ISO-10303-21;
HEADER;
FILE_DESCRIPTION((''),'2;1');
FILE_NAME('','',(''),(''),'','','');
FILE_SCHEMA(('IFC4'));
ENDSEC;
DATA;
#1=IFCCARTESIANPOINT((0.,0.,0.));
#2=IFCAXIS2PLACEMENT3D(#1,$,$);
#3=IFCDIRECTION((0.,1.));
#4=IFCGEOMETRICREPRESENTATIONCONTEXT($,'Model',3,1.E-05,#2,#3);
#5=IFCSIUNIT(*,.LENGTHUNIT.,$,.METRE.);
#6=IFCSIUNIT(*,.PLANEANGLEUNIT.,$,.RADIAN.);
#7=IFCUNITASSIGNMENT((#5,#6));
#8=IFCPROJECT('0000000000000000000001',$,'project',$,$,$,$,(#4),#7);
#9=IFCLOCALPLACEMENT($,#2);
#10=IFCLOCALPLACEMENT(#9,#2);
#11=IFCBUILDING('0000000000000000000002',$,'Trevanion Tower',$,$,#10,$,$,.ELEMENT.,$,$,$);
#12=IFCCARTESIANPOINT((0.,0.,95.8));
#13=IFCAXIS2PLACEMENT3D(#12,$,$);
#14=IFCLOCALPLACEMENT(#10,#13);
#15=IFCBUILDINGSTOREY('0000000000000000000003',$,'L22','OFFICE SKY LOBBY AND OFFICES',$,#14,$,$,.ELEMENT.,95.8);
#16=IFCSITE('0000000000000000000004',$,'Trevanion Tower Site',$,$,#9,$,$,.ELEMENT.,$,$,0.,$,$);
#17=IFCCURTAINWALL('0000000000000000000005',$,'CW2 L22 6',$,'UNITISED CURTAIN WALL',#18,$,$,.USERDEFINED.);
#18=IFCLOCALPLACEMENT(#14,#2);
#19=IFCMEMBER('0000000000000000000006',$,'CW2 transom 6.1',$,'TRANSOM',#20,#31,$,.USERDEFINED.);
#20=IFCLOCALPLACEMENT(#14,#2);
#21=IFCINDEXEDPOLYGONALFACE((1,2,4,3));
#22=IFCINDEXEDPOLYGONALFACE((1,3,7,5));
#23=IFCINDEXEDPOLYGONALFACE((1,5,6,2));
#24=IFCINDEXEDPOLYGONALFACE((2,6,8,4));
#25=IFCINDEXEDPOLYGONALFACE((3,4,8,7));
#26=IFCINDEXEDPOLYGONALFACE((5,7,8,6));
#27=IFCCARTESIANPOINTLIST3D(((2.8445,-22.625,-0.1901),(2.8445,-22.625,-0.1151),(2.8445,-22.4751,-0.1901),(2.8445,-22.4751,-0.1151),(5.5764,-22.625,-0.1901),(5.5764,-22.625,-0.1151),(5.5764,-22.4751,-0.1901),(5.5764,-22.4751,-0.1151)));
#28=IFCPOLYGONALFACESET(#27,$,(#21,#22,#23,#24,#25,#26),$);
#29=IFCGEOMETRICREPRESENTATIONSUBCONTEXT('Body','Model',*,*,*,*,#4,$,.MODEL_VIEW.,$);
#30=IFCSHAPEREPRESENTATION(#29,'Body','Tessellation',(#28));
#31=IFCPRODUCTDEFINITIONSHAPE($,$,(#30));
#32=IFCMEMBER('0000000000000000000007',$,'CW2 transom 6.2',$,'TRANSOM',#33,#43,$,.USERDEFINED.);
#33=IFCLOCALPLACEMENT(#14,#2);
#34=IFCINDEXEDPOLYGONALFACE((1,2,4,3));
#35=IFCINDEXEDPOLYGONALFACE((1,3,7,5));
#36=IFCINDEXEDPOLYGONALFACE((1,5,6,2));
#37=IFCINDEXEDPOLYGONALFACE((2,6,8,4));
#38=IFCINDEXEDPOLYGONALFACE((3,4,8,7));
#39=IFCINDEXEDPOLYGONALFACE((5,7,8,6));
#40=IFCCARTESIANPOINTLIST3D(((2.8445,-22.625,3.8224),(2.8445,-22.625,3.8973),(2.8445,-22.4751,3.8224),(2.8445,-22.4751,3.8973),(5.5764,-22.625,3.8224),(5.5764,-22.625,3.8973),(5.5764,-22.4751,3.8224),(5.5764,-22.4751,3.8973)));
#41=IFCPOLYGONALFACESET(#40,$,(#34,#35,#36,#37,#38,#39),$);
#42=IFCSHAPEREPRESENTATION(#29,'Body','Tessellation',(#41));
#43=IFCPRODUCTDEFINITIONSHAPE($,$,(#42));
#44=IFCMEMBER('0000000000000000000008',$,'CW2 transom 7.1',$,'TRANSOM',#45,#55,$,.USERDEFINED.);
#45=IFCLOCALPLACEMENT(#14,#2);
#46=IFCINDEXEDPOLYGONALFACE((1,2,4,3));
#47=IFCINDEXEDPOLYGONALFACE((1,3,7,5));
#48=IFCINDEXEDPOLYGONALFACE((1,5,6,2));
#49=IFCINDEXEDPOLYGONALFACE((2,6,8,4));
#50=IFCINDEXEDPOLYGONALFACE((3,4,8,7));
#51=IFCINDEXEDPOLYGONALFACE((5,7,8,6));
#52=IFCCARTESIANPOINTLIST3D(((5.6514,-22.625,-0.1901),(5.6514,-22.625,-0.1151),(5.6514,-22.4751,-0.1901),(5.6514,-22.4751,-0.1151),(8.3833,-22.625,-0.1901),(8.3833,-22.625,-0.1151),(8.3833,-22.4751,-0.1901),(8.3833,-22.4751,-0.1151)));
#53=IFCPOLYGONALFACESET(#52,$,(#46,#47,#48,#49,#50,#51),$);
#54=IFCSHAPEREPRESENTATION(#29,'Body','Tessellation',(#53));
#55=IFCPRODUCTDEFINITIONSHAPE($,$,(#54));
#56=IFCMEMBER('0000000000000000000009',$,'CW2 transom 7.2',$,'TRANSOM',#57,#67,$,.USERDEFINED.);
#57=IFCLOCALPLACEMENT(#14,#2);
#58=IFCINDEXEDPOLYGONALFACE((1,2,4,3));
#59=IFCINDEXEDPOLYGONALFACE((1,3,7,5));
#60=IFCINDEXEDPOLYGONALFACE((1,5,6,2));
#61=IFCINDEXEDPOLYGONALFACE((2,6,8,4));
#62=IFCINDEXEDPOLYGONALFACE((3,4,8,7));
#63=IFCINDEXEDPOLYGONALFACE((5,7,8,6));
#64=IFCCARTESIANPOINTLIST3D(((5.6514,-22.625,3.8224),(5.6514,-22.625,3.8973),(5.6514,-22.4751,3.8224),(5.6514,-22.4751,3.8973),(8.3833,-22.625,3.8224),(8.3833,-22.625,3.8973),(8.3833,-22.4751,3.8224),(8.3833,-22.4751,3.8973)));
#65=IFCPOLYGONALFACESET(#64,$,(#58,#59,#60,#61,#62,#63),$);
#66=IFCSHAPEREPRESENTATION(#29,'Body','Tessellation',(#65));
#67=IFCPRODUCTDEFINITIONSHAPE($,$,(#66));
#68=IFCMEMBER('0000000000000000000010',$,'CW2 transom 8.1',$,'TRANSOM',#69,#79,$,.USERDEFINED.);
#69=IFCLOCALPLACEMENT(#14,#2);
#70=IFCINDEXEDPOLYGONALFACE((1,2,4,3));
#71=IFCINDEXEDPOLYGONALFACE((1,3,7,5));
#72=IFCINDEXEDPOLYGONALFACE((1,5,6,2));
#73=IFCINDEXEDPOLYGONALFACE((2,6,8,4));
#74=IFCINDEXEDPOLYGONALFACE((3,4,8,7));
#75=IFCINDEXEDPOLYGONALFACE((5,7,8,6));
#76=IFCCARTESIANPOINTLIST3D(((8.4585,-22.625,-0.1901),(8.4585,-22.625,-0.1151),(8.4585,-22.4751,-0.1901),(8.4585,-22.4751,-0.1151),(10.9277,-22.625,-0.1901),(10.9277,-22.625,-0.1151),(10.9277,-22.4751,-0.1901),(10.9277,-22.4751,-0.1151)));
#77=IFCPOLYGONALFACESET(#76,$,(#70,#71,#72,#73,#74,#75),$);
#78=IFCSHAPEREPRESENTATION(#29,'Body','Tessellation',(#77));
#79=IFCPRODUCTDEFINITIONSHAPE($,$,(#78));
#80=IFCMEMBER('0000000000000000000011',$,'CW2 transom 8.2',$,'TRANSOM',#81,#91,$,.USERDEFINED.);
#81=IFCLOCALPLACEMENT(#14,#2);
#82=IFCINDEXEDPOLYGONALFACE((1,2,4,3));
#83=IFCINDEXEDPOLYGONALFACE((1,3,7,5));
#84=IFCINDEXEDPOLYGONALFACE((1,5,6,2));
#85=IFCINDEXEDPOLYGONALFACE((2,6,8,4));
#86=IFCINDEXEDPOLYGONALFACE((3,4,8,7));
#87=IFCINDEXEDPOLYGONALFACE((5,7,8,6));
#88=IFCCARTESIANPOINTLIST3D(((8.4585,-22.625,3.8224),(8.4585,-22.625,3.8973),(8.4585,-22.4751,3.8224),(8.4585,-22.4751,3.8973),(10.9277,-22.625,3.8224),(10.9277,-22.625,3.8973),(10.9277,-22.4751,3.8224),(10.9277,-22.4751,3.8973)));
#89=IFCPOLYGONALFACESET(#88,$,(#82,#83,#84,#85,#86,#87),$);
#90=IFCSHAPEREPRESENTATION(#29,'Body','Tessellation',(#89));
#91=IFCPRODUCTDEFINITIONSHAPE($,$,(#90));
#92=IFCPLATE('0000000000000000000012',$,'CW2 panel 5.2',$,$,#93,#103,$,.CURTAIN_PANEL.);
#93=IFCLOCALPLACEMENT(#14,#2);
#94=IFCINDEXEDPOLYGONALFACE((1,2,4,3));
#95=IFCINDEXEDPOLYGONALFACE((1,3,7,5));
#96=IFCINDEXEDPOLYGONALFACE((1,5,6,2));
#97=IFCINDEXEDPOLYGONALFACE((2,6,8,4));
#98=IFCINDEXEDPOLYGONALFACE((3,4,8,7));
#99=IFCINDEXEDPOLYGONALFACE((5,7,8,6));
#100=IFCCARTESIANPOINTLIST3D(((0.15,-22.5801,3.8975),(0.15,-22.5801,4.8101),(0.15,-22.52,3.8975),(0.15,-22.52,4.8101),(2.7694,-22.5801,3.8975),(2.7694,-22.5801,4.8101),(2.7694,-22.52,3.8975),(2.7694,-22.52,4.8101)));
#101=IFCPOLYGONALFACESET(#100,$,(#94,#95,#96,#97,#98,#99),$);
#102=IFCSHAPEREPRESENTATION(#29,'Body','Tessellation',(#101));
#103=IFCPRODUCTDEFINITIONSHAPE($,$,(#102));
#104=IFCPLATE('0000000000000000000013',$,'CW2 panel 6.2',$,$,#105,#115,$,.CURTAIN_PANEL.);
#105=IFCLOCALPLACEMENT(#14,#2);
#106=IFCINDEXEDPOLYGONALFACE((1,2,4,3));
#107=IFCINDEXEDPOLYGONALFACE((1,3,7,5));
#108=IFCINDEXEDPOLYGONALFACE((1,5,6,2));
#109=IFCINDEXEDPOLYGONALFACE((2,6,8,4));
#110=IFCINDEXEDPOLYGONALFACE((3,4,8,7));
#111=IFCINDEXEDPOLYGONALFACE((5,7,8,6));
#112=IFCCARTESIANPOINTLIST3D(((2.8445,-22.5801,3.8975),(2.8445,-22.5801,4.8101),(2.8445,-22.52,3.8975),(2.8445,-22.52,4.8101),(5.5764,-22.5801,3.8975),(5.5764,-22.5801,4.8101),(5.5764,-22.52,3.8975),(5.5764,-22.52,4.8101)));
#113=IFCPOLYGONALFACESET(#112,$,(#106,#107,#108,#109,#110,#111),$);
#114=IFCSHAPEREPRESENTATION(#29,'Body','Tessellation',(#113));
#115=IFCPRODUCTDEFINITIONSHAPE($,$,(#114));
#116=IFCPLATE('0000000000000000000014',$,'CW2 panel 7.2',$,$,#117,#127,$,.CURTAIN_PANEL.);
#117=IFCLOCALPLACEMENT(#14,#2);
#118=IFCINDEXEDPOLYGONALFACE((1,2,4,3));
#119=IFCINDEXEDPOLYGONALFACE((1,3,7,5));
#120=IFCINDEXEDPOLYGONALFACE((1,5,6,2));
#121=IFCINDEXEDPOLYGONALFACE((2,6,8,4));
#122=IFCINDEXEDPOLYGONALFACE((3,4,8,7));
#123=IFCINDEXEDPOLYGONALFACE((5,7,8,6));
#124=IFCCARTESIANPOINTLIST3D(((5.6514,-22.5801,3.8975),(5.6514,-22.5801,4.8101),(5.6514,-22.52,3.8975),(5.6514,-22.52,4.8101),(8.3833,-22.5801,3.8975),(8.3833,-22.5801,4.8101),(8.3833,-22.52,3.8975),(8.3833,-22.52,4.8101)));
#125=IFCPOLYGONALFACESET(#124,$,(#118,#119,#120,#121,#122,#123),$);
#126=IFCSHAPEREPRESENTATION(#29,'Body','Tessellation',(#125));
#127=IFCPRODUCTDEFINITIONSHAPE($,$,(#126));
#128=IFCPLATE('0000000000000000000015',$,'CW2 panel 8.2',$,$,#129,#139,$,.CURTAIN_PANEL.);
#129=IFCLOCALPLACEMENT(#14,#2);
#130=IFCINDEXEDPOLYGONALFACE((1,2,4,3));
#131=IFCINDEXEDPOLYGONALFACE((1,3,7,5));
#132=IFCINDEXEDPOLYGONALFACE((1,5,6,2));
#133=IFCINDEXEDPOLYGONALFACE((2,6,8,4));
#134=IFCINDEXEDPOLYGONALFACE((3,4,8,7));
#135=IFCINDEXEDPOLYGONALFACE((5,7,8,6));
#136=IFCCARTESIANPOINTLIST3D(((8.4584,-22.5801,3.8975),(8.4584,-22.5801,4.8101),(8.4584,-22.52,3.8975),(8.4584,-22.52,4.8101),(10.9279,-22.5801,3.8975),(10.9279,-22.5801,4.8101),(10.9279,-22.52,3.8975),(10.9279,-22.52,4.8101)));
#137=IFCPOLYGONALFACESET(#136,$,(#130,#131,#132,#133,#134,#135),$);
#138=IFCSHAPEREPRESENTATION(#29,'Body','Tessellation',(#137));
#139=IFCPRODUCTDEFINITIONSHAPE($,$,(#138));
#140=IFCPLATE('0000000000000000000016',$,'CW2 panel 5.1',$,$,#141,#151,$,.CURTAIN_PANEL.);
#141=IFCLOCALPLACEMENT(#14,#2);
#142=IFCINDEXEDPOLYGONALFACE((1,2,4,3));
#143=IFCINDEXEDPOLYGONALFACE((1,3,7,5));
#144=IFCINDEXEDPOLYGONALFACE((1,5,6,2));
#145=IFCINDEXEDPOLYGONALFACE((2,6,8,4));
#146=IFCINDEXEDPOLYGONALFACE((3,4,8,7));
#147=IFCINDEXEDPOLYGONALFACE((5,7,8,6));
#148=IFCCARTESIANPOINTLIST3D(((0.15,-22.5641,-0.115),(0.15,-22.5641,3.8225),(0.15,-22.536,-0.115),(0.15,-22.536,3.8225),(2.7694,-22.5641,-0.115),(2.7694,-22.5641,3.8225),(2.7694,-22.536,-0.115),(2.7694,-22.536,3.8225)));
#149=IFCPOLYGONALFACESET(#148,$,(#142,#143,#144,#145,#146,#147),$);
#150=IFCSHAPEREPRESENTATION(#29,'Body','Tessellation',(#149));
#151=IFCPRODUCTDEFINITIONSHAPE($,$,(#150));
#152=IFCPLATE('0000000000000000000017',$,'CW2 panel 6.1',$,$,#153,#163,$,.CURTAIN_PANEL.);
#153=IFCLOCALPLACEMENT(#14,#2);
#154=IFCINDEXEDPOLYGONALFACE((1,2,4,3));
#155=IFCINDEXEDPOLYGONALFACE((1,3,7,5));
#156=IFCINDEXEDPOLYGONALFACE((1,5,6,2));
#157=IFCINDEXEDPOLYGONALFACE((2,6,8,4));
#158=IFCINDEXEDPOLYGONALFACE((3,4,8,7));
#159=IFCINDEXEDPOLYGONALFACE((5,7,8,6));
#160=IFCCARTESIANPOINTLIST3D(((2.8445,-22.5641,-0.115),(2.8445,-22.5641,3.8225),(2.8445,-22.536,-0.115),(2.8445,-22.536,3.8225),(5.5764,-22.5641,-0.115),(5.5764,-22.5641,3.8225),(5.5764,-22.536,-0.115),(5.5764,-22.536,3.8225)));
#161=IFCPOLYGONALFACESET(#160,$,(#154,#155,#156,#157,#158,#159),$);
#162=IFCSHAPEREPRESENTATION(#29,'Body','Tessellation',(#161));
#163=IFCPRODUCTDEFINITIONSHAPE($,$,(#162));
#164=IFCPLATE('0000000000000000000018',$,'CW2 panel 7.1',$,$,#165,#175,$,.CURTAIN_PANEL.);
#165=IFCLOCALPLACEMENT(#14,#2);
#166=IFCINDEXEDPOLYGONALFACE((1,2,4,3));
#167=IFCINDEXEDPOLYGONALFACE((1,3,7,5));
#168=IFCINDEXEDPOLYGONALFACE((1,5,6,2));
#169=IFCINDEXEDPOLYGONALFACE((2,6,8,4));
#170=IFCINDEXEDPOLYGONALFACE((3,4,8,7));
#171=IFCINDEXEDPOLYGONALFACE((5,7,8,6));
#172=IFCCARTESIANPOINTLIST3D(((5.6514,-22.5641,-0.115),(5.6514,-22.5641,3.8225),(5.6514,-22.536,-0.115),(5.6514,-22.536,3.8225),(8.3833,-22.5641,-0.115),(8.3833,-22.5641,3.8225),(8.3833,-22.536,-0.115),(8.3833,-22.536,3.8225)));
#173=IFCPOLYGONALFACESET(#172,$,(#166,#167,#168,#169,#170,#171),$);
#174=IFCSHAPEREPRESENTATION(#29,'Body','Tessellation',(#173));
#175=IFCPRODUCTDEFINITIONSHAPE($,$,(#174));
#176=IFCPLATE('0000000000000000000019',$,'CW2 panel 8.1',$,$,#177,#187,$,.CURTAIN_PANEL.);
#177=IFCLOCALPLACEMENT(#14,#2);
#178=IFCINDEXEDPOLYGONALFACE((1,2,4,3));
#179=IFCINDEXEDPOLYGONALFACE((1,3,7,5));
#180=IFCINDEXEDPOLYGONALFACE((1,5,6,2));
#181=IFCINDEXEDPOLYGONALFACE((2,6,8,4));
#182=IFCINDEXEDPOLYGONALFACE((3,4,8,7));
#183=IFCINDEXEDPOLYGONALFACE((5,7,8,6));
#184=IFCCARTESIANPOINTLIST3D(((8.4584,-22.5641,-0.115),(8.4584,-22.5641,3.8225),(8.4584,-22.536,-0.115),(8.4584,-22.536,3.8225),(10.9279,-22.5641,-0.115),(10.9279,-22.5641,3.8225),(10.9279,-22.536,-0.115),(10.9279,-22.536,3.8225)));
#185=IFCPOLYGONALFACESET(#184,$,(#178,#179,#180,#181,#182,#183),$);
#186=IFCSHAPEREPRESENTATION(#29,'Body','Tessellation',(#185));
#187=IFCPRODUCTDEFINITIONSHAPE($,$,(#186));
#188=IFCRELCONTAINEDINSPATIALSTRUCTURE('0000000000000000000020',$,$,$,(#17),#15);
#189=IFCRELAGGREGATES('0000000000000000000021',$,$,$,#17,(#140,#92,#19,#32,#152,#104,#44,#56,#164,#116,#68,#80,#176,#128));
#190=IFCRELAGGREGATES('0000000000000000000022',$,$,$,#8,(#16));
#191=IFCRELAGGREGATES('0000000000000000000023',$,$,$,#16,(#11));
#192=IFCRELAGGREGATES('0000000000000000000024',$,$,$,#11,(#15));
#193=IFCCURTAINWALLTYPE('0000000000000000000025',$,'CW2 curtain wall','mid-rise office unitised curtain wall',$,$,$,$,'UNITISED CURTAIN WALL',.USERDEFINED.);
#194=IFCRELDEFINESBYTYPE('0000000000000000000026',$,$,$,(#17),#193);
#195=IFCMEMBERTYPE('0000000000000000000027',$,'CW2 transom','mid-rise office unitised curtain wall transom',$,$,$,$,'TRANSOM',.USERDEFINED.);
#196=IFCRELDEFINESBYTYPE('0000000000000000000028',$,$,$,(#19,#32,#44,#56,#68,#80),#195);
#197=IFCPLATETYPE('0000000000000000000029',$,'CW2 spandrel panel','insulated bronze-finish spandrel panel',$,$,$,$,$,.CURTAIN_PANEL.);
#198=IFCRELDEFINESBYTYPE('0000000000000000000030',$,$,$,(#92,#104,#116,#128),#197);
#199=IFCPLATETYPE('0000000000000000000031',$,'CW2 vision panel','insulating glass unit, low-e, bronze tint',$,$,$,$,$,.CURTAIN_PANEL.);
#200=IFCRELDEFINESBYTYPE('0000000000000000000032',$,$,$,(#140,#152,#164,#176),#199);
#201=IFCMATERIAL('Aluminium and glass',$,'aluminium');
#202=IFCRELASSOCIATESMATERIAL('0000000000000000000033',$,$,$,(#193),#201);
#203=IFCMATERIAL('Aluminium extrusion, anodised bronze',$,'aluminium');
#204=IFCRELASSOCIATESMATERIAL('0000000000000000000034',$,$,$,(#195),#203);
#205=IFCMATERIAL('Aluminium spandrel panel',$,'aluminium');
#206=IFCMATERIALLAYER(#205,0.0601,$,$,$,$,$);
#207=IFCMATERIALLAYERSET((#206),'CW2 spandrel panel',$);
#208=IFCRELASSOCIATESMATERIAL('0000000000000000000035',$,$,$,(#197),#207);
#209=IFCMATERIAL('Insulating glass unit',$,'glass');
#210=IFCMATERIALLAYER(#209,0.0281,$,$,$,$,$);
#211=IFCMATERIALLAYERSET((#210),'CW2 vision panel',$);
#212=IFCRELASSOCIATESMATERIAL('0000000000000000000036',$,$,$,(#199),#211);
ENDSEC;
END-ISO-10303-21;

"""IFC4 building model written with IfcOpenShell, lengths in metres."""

from ifc_helpers import new_model, si_unit, direction, frame, origin, origin_2d, place, context, subcontext, project, spatial, rectangle, extrude, material, layer, layer_set, material_profile, profile_set, type_object, element, aggregate, save


model = new_model("IFC4")

# Units and contexts
model_context = context("Model", 3, precision=1e-05, world=origin(), true_north=direction((0.0, 1.0)))
body_context = subcontext(model_context, "Body", "Model", "MODEL_VIEW")
ifc_project = project(units=[si_unit("LENGTHUNIT", "METRE"), si_unit("PLANEANGLEUNIT", "RADIAN")], contexts=[model_context])

# Site, building, storey
site_placement = place(None, origin())
site = spatial("IfcSite", under=ifc_project, at=site_placement, Name="Trevanion Tower Site", CompositionType="ELEMENT", RefElevation=0.0)
building_placement = place(site_placement, origin())
building = spatial("IfcBuilding", under=site, at=building_placement, Name="Trevanion Tower", CompositionType="ELEMENT")
storey_placement = place(building_placement, frame((0.0, 0.0, 95.8)))
storey = spatial("IfcBuildingStorey", under=building, at=storey_placement, Name="L22", Description="OFFICE SKY LOBBY AND OFFICES", CompositionType="ELEMENT", Elevation=95.8)

# Curtain wall, members, plates
ifc_material_1 = material(Name="Aluminium and glass", Category="aluminium")
curtain_wall_type = type_object("IfcCurtainWallType", Name="CW2 curtain wall", Description="mid-rise office unitised curtain wall", ElementType="UNITISED CURTAIN WALL", PredefinedType="USERDEFINED", material=ifc_material_1)
curtain_wall_placement = place(storey_placement, origin())
curtain_wall = element("IfcCurtainWall", 1, at=curtain_wall_placement, inside=storey, type_object=curtain_wall_type, Name="CW2 L22 6", ObjectType="UNITISED CURTAIN WALL", PredefinedType="USERDEFINED")
ifc_material_2 = material(Name="Aluminium extrusion, anodised bronze", Category="aluminium")
ifc_material_profile_1 = material_profile(ifc_material_2, rectangle(XDim=0.1499, YDim=0.075, at=origin_2d()), Name="CW2 transom")
ifc_profile_set_1 = profile_set([ifc_material_profile_1], Name="Aluminium extrusion, anodised bronze")
member_type_1 = type_object("IfcMemberType", Name="CW2 transom", Description="mid-rise office unitised curtain wall transom", ElementType="TRANSOM", PredefinedType="USERDEFINED", material=ifc_profile_set_1)
member_1_placement = place(storey_placement, frame((2.8445, -22.55, -0.1526), z_axis=(1.0, 0.0, 0.0), x_axis=(0.0, 1.0, 0.0)))
member_1 = element("IfcMember", 2, at=member_1_placement, type_object=member_type_1, Name="CW2 transom 6.1", ObjectType="TRANSOM", PredefinedType="USERDEFINED", context=body_context, shape_type="SweptSolid", body=[
    extrude(rectangle(XDim=0.1499, YDim=0.075, at=origin_2d()), origin(), (0.0, 0.0, 1.0), 2.7319),
])
member_2_placement = place(storey_placement, frame((2.8445, -22.55, 3.8599), z_axis=(1.0, 0.0, 0.0), x_axis=(0.0, 1.0, 0.0)))
member_2 = element("IfcMember", 3, at=member_2_placement, type_object=member_type_1, Name="CW2 transom 6.2", ObjectType="TRANSOM", PredefinedType="USERDEFINED", context=body_context, shape_type="SweptSolid", body=[
    extrude(rectangle(XDim=0.1499, YDim=0.075, at=origin_2d()), origin(), (0.0, 0.0, 1.0), 2.7319),
])
member_3_placement = place(storey_placement, frame((5.6514, -22.55, -0.1526), z_axis=(1.0, 0.0, 0.0), x_axis=(0.0, 1.0, 0.0)))
member_3 = element("IfcMember", 4, at=member_3_placement, type_object=member_type_1, Name="CW2 transom 7.1", ObjectType="TRANSOM", PredefinedType="USERDEFINED", context=body_context, shape_type="SweptSolid", body=[
    extrude(rectangle(XDim=0.1499, YDim=0.075, at=origin_2d()), origin(), (0.0, 0.0, 1.0), 2.7319),
])
member_4_placement = place(storey_placement, frame((5.6514, -22.55, 3.8599), z_axis=(1.0, 0.0, 0.0), x_axis=(0.0, 1.0, 0.0)))
member_4 = element("IfcMember", 5, at=member_4_placement, type_object=member_type_1, Name="CW2 transom 7.2", ObjectType="TRANSOM", PredefinedType="USERDEFINED", context=body_context, shape_type="SweptSolid", body=[
    extrude(rectangle(XDim=0.1499, YDim=0.075, at=origin_2d()), origin(), (0.0, 0.0, 1.0), 2.7319),
])
member_5_placement = place(storey_placement, frame((8.4585, -22.55, -0.1526), z_axis=(1.0, 0.0, 0.0), x_axis=(0.0, 1.0, 0.0)))
member_5 = element("IfcMember", 6, at=member_5_placement, type_object=member_type_1, Name="CW2 transom 8.1", ObjectType="TRANSOM", PredefinedType="USERDEFINED", context=body_context, shape_type="SweptSolid", body=[
    extrude(rectangle(XDim=0.1499, YDim=0.075, at=origin_2d()), origin(), (0.0, 0.0, 1.0), 2.4692),
])
member_6_placement = place(storey_placement, frame((8.4585, -22.55, 3.8599), z_axis=(1.0, 0.0, 0.0), x_axis=(0.0, 1.0, 0.0)))
member_6 = element("IfcMember", 7, at=member_6_placement, type_object=member_type_1, Name="CW2 transom 8.2", ObjectType="TRANSOM", PredefinedType="USERDEFINED", context=body_context, shape_type="SweptSolid", body=[
    extrude(rectangle(XDim=0.1499, YDim=0.075, at=origin_2d()), origin(), (0.0, 0.0, 1.0), 2.4692),
])
ifc_material_3 = material(Name="Aluminium spandrel panel", Category="aluminium")
ifc_layer_1 = layer(ifc_material_3, 0.0601)
ifc_layer_set_1 = layer_set([ifc_layer_1], Name="CW2 spandrel panel")
plate_type_1 = type_object("IfcPlateType", Name="CW2 spandrel panel", Description="insulated bronze-finish spandrel panel", PredefinedType="CURTAIN_PANEL", material=ifc_layer_set_1)
plate_1_placement = place(storey_placement, frame((1.4597, -22.55, 3.8975), z_axis=(0.0, 0.0, 1.0), x_axis=(1.0, 0.0, 0.0)))
plate_1 = element("IfcPlate", 8, at=plate_1_placement, type_object=plate_type_1, Name="CW2 panel 5.2", PredefinedType="CURTAIN_PANEL", context=body_context, shape_type="SweptSolid", body=[
    extrude(rectangle(XDim=2.6194, YDim=0.0601, at=origin_2d()), origin(), (0.0, 0.0, 1.0), 0.9126),
])
plate_2_placement = place(storey_placement, frame((4.2104, -22.55, 3.8975), z_axis=(0.0, 0.0, 1.0), x_axis=(1.0, 0.0, 0.0)))
plate_2 = element("IfcPlate", 9, at=plate_2_placement, type_object=plate_type_1, Name="CW2 panel 6.2", PredefinedType="CURTAIN_PANEL", context=body_context, shape_type="SweptSolid", body=[
    extrude(rectangle(XDim=2.7319, YDim=0.0601, at=origin_2d()), origin(), (0.0, 0.0, 1.0), 0.9126),
])
plate_3_placement = place(storey_placement, frame((7.0173, -22.55, 3.8975), z_axis=(0.0, 0.0, 1.0), x_axis=(1.0, 0.0, 0.0)))
plate_3 = element("IfcPlate", 10, at=plate_3_placement, type_object=plate_type_1, Name="CW2 panel 7.2", PredefinedType="CURTAIN_PANEL", context=body_context, shape_type="SweptSolid", body=[
    extrude(rectangle(XDim=2.7319, YDim=0.0601, at=origin_2d()), origin(), (0.0, 0.0, 1.0), 0.9126),
])
plate_4_placement = place(storey_placement, frame((9.6931, -22.55, 3.8975), z_axis=(0.0, 0.0, 1.0), x_axis=(1.0, 0.0, 0.0)))
plate_4 = element("IfcPlate", 11, at=plate_4_placement, type_object=plate_type_1, Name="CW2 panel 8.2", PredefinedType="CURTAIN_PANEL", context=body_context, shape_type="SweptSolid", body=[
    extrude(rectangle(XDim=2.4695, YDim=0.0601, at=origin_2d()), origin(), (0.0, 0.0, 1.0), 0.9126),
])
ifc_material_4 = material(Name="Insulating glass unit", Category="glass")
ifc_layer_2 = layer(ifc_material_4, 0.0281)
ifc_layer_set_2 = layer_set([ifc_layer_2], Name="CW2 vision panel")
plate_type_2 = type_object("IfcPlateType", Name="CW2 vision panel", Description="insulating glass unit, low-e, bronze tint", PredefinedType="CURTAIN_PANEL", material=ifc_layer_set_2)
plate_5_placement = place(storey_placement, frame((1.4597, -22.55, -0.115), z_axis=(0.0, 0.0, 1.0), x_axis=(1.0, 0.0, 0.0)))
plate_5 = element("IfcPlate", 12, at=plate_5_placement, type_object=plate_type_2, Name="CW2 panel 5.1", PredefinedType="CURTAIN_PANEL", context=body_context, shape_type="SweptSolid", body=[
    extrude(rectangle(XDim=2.6194, YDim=0.0281, at=origin_2d()), origin(), (0.0, 0.0, 1.0), 3.9375),
])
plate_6_placement = place(storey_placement, frame((4.2104, -22.55, -0.115), z_axis=(0.0, 0.0, 1.0), x_axis=(1.0, 0.0, 0.0)))
plate_6 = element("IfcPlate", 13, at=plate_6_placement, type_object=plate_type_2, Name="CW2 panel 6.1", PredefinedType="CURTAIN_PANEL", context=body_context, shape_type="SweptSolid", body=[
    extrude(rectangle(XDim=2.7319, YDim=0.0281, at=origin_2d()), origin(), (0.0, 0.0, 1.0), 3.9375),
])
plate_7_placement = place(storey_placement, frame((7.0173, -22.55, -0.115), z_axis=(0.0, 0.0, 1.0), x_axis=(1.0, 0.0, 0.0)))
plate_7 = element("IfcPlate", 14, at=plate_7_placement, type_object=plate_type_2, Name="CW2 panel 7.1", PredefinedType="CURTAIN_PANEL", context=body_context, shape_type="SweptSolid", body=[
    extrude(rectangle(XDim=2.7319, YDim=0.0281, at=origin_2d()), origin(), (0.0, 0.0, 1.0), 3.9375),
])
plate_8_placement = place(storey_placement, frame((9.6931, -22.55, -0.115), z_axis=(0.0, 0.0, 1.0), x_axis=(1.0, 0.0, 0.0)))
plate_8 = element("IfcPlate", 15, at=plate_8_placement, type_object=plate_type_2, Name="CW2 panel 8.1", PredefinedType="CURTAIN_PANEL", context=body_context, shape_type="SweptSolid", body=[
    extrude(rectangle(XDim=2.4695, YDim=0.0281, at=origin_2d()), origin(), (0.0, 0.0, 1.0), 3.9375),
])
aggregate(curtain_wall, [plate_5, plate_1, member_1, member_2, plate_6, plate_2, member_3, member_4, plate_7, plate_3, member_5, member_6, plate_8, plate_4])

save(model, "model.ifc")
